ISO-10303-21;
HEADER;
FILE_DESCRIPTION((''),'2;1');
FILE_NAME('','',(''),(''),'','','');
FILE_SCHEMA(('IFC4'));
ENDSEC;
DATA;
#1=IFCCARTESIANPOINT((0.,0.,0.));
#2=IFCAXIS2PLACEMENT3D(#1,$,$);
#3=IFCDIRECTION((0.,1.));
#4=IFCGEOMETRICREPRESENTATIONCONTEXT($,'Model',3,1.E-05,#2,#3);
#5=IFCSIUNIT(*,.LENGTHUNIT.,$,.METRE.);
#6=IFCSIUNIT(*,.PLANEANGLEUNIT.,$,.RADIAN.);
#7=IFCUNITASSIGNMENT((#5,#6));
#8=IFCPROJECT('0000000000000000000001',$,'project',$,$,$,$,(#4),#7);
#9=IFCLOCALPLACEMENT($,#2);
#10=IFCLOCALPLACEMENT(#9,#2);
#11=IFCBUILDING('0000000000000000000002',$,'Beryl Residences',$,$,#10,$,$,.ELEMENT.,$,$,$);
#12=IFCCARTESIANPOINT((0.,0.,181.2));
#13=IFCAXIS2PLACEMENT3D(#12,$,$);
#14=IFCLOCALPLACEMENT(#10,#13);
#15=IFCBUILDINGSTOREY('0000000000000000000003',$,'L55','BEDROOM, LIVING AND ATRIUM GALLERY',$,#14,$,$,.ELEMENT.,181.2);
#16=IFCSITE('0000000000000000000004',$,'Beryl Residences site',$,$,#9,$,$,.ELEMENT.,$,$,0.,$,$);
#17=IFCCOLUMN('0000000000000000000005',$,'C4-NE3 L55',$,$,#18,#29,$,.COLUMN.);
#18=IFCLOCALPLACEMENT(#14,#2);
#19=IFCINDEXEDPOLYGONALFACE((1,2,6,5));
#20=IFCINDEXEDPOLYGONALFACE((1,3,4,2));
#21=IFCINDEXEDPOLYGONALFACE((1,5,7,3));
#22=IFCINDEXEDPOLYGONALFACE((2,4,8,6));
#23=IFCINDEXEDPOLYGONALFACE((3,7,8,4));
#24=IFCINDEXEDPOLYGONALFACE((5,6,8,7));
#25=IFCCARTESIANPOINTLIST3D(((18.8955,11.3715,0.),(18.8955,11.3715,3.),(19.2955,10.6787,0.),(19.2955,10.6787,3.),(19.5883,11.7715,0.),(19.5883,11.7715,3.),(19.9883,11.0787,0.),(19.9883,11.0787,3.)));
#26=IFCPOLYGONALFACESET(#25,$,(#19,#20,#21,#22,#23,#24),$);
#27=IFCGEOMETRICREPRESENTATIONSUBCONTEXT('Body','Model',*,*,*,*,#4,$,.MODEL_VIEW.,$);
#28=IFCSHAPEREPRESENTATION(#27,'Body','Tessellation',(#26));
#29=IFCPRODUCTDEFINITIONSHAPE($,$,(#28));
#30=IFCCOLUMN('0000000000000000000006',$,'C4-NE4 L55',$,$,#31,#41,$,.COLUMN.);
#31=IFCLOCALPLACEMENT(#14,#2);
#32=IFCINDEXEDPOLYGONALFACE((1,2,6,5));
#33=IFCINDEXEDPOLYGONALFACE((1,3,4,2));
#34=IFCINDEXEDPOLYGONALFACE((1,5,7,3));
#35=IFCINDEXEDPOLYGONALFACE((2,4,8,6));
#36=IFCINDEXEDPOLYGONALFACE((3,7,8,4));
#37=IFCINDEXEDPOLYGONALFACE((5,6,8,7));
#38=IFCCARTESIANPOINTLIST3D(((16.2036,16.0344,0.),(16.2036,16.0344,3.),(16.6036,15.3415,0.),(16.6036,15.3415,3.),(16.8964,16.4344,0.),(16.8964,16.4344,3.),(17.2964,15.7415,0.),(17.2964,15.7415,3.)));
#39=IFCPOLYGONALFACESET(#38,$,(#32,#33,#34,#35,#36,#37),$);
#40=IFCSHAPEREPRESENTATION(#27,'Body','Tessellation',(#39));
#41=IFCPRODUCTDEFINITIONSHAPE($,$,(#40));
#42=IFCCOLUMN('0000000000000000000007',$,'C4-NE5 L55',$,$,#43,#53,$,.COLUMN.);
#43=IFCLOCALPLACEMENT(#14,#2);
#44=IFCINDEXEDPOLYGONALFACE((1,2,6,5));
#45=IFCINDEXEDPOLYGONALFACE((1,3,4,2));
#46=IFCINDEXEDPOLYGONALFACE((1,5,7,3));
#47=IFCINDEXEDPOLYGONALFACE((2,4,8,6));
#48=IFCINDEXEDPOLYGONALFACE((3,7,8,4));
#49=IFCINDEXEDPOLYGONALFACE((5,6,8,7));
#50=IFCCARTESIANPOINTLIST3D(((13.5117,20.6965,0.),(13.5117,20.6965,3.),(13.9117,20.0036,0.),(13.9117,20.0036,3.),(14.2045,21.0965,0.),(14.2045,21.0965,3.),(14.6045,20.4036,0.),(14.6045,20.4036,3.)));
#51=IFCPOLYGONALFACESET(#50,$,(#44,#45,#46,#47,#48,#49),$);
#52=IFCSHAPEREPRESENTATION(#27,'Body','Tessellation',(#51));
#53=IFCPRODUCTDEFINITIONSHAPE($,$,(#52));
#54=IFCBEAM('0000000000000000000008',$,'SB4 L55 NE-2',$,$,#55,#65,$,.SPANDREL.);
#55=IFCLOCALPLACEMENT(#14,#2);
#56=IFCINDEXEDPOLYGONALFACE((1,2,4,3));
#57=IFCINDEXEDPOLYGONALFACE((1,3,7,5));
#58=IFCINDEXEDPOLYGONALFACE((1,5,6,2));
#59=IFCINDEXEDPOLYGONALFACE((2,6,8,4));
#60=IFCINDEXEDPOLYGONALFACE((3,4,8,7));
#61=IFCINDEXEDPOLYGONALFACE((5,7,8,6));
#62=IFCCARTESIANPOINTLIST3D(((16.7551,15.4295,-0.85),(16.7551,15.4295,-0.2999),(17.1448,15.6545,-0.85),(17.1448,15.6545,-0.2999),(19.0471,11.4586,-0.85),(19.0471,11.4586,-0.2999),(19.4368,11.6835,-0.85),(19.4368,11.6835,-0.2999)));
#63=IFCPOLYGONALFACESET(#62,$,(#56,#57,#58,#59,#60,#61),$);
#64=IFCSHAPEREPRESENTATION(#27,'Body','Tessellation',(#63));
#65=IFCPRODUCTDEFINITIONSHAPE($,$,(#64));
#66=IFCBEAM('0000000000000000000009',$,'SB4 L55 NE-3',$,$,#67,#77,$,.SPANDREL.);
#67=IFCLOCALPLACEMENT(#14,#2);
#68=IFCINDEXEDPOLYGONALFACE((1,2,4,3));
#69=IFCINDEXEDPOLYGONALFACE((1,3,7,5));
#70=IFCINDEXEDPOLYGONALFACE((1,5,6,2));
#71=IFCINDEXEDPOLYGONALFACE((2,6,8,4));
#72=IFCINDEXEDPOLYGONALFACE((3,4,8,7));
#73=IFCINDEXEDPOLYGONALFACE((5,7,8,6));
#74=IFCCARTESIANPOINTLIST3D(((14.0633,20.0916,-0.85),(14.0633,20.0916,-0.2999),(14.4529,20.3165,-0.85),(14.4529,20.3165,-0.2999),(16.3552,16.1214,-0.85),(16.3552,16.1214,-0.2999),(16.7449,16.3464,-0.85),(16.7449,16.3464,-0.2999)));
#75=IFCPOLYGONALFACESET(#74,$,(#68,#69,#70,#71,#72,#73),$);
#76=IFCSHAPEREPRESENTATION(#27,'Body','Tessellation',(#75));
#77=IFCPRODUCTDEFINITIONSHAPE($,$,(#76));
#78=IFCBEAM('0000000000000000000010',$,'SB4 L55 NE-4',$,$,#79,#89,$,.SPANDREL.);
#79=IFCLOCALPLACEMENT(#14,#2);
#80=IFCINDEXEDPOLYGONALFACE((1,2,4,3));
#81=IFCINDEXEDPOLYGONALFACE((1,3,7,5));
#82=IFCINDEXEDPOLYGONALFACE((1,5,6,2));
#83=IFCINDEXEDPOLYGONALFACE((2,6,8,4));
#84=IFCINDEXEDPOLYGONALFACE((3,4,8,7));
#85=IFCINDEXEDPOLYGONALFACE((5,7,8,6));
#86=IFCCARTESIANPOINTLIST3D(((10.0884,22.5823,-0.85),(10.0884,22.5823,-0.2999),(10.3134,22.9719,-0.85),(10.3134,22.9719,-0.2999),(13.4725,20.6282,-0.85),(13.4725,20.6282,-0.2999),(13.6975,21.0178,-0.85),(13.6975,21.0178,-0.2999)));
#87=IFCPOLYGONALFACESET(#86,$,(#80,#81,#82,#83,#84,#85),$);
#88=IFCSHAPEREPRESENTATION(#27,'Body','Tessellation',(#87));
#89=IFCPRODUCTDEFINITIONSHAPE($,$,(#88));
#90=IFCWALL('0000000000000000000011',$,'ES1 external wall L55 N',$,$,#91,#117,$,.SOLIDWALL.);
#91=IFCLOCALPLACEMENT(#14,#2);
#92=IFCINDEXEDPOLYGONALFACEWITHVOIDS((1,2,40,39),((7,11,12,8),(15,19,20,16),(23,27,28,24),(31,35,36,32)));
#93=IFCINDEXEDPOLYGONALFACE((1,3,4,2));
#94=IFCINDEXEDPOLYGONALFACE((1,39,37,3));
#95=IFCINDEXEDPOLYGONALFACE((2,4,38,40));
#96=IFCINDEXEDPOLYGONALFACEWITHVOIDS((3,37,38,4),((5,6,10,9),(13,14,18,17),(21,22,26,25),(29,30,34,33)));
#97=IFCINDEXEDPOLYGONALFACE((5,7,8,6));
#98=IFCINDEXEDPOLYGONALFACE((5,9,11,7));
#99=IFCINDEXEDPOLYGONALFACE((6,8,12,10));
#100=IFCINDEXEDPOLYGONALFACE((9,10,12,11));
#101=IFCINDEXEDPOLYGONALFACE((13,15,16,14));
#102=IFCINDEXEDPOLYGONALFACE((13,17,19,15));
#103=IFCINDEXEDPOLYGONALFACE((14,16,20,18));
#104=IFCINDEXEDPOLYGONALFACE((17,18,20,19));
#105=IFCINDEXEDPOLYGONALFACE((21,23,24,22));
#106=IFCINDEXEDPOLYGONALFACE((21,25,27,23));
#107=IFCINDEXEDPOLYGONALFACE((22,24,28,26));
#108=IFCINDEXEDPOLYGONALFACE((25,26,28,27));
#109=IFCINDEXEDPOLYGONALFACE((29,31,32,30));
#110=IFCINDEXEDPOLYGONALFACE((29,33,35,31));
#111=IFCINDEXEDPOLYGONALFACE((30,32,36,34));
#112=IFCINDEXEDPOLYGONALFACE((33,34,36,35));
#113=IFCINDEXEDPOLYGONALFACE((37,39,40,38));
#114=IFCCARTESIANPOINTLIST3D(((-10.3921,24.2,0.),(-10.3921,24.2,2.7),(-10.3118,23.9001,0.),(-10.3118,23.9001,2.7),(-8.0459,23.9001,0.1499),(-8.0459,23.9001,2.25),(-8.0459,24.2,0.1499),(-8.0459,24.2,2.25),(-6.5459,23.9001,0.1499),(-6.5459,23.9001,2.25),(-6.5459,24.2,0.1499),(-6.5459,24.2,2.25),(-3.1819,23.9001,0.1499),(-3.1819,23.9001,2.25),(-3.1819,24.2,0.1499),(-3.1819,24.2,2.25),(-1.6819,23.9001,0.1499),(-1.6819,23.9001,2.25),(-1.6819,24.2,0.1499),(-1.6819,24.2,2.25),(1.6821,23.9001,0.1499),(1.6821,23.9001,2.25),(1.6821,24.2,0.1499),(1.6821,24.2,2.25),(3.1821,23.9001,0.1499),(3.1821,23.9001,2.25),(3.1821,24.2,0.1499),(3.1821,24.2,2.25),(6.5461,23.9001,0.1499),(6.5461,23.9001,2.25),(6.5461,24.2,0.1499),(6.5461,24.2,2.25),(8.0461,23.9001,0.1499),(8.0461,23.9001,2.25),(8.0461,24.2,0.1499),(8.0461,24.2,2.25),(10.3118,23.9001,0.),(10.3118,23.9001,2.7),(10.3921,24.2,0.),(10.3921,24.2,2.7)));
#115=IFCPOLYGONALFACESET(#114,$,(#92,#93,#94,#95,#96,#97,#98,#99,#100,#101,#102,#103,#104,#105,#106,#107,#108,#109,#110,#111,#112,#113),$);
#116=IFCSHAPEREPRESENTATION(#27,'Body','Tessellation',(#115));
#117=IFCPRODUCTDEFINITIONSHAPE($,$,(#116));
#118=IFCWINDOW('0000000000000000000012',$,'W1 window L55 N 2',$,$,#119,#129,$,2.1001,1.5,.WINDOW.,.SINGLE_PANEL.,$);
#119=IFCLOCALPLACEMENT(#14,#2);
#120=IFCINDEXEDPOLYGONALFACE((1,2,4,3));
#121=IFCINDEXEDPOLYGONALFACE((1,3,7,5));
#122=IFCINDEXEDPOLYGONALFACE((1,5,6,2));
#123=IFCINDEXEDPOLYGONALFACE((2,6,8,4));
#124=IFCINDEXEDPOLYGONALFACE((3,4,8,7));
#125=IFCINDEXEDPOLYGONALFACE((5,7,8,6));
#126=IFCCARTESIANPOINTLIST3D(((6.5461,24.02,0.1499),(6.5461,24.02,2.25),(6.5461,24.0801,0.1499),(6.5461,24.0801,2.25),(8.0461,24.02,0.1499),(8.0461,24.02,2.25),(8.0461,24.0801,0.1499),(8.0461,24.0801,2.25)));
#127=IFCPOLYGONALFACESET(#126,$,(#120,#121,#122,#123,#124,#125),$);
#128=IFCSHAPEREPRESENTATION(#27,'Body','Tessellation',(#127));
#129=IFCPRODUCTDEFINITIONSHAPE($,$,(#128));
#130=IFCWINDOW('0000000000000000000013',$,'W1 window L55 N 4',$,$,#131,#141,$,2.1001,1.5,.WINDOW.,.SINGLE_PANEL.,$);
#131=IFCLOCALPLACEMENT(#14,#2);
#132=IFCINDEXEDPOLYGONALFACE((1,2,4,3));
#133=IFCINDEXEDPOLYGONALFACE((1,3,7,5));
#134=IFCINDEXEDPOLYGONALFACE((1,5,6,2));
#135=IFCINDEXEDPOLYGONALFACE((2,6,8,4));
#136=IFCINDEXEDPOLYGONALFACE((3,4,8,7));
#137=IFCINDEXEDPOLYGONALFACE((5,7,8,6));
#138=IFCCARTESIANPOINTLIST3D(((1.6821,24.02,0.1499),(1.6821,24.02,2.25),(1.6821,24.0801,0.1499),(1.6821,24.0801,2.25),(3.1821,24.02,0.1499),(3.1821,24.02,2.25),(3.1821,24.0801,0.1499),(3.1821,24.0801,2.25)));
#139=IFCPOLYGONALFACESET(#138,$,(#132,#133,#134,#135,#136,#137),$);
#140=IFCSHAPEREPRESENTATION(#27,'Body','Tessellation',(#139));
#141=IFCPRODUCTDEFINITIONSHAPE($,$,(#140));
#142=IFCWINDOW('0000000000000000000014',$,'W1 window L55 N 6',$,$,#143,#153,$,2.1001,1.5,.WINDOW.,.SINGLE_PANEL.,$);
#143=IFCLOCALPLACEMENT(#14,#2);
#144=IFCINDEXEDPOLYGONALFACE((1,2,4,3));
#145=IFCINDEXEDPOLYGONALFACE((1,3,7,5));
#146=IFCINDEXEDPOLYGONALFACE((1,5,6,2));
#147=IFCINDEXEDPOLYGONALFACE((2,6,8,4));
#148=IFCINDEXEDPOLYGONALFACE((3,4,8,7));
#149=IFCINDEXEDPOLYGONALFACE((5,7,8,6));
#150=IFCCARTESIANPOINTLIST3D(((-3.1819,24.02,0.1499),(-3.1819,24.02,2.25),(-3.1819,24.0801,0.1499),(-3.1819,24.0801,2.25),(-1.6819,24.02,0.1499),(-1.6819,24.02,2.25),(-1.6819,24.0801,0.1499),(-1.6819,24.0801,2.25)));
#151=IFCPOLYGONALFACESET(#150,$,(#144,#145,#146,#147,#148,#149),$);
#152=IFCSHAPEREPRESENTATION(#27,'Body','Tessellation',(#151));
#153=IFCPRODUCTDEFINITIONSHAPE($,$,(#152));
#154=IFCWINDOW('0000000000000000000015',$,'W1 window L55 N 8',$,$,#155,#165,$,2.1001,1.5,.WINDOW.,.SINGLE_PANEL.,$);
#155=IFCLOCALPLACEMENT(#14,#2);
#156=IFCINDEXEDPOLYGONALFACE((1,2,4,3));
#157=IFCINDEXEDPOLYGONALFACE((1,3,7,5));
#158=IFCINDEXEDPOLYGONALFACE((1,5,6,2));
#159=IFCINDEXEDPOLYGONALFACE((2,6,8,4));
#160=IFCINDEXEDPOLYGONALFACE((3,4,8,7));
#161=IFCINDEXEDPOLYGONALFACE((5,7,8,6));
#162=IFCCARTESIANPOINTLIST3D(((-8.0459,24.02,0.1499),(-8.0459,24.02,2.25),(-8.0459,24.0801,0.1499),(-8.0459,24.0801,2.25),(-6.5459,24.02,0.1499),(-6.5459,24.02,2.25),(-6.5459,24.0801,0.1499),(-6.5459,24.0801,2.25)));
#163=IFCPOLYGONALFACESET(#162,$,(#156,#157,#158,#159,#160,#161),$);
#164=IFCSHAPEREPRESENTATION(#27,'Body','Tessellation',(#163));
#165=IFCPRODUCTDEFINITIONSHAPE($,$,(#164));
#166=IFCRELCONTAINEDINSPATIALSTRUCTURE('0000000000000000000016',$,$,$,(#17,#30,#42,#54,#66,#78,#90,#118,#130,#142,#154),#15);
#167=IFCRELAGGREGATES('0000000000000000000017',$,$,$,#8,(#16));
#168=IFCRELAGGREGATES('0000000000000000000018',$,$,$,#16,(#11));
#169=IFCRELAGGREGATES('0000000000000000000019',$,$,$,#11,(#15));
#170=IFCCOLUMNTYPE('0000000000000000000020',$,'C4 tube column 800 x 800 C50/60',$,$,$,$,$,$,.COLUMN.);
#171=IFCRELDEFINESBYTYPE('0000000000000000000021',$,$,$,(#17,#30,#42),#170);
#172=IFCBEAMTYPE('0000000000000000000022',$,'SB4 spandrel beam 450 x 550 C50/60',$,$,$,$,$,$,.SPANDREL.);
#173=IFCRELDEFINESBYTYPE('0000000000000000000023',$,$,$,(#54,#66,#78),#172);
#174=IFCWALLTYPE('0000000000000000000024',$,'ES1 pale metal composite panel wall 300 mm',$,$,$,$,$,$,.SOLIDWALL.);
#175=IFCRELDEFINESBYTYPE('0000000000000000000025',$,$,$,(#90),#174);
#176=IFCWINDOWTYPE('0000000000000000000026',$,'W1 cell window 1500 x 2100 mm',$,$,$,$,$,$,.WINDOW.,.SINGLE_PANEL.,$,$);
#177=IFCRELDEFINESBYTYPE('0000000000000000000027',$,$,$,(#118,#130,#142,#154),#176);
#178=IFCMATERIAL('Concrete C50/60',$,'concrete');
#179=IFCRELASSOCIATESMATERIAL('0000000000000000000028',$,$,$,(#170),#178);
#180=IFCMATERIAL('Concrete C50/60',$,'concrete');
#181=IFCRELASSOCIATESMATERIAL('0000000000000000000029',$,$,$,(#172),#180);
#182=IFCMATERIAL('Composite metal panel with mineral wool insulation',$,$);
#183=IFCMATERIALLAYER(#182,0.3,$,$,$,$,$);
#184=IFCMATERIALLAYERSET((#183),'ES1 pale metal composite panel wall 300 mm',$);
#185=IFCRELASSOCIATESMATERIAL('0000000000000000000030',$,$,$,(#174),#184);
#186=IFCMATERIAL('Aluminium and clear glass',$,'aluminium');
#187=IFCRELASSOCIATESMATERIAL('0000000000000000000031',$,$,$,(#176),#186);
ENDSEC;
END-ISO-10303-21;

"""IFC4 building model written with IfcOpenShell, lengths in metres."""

from ifc_helpers import new_model, si_unit, direction, frame, frame_2d, origin, origin_2d, place, context, subcontext, project, spatial, polyline, rectangle, outline, extrude, material, layer, layer_set, material_profile, profile_set, type_object, element, fill, save


model = new_model("IFC4")

# Units and contexts
model_context = context("Model", 3, precision=1e-05, world=origin(), true_north=direction((0.0, 1.0)))
body_context = subcontext(model_context, "Body", "Model", "MODEL_VIEW")
ifc_project = project(units=[si_unit("LENGTHUNIT", "METRE"), si_unit("PLANEANGLEUNIT", "RADIAN")], contexts=[model_context])

# Site, building, storey
site_placement = place(None, origin())
site = spatial("IfcSite", under=ifc_project, at=site_placement, Name="Beryl Residences site", CompositionType="ELEMENT", RefElevation=0.0)
building_placement = place(site_placement, origin())
building = spatial("IfcBuilding", under=site, at=building_placement, Name="Beryl Residences", CompositionType="ELEMENT")
storey_placement = place(building_placement, frame((0.0, 0.0, 181.2)))
storey = spatial("IfcBuildingStorey", under=building, at=storey_placement, Name="L55", Description="BEDROOM, LIVING AND ATRIUM GALLERY", CompositionType="ELEMENT", Elevation=181.2)

# Columns
ifc_material_1 = material(Name="Concrete C50/60", Category="concrete")
ifc_material_profile_1 = material_profile(ifc_material_1, rectangle(XDim=0.8, YDim=0.8, at=origin_2d()))
ifc_profile_set_1 = profile_set([ifc_material_profile_1], Name="Concrete C50/60")
column_type = type_object("IfcColumnType", Name="C4 tube column 800 x 800 C50/60", PredefinedType="COLUMN", material=ifc_profile_set_1)
for number, where, z_axis, x_axis, name in (
    (1, (19.4419, 11.2251, 0.0), (0.0, 0.0, 1.0), (-0.5, 0.866025, 0.0), "C4-NE3 L55"),
    (2, (16.75, 15.8879, 0.0), (0.0, 0.0, 1.0), (-0.5, 0.866025, 0.0), "C4-NE4 L55"),
    (3, (14.0581, 20.55, 0.0), (0.0, 0.0, 1.0), (-0.5, 0.866025, 0.0), "C4-NE5 L55"),
):
    element("IfcColumn", number, at=place(storey_placement, frame(where, z_axis=z_axis, x_axis=x_axis)), inside=storey, type_object=column_type, Name=name, PredefinedType="COLUMN", context=body_context, shape_type="SweptSolid", body=[
        extrude(rectangle(XDim=0.8, YDim=0.8, at=origin_2d()), origin(), (0.0, 0.0, 1.0), 3.0),
    ])

# Beams
ifc_material_2 = material(Name="Concrete C50/60", Category="concrete")
ifc_material_profile_2 = material_profile(ifc_material_2, rectangle(XDim=0.45, YDim=0.55, at=origin_2d()))
ifc_profile_set_2 = profile_set([ifc_material_profile_2], Name="Concrete C50/60")
beam_type = type_object("IfcBeamType", Name="SB4 spandrel beam 450 x 550 C50/60", PredefinedType="SPANDREL", material=ifc_profile_set_2)
beam_1_placement = place(storey_placement, frame((19.2419, 11.571, -0.575), z_axis=(-0.499896, 0.866085, 0.0), x_axis=(-0.866085, -0.499896, 0.0)))
element("IfcBeam", 4, at=beam_1_placement, inside=storey, type_object=beam_type, Name="SB4 L55 NE-2", PredefinedType="SPANDREL", context=body_context, shape_type="SweptSolid", body=[
    extrude(rectangle(XDim=0.45, YDim=0.55, at=origin_2d()), origin(), (0.0, 0.0, 1.0), 4.585),
])
beam_2_placement = place(storey_placement, frame((16.55, 16.2339, -0.575), z_axis=(-0.499965, 0.866045, 0.0), x_axis=(-0.866045, -0.499965, 0.0)))
element("IfcBeam", 5, at=beam_2_placement, inside=storey, type_object=beam_type, Name="SB4 L55 NE-3", PredefinedType="SPANDREL", context=body_context, shape_type="SweptSolid", body=[
    extrude(rectangle(XDim=0.45, YDim=0.55, at=origin_2d()), origin(), (0.0, 0.0, 1.0), 4.5842),
])
beam_3_placement = place(storey_placement, frame((13.585, 20.823, -0.575), z_axis=(-0.865989, 0.500063, 0.0), x_axis=(-0.500063, -0.865989, 0.0)))
element("IfcBeam", 6, at=beam_3_placement, inside=storey, type_object=beam_type, Name="SB4 L55 NE-4", PredefinedType="SPANDREL", context=body_context, shape_type="SweptSolid", body=[
    extrude(rectangle(XDim=0.45, YDim=0.55, at=origin_2d()), origin(), (0.0, 0.0, 1.0), 3.9077),
])

# Wall, openings, windows
ifc_material_3 = material(Name="Composite metal panel with mineral wool insulation")
ifc_layer_1 = layer(ifc_material_3, 0.3)
ifc_layer_set_1 = layer_set([ifc_layer_1], Name="ES1 pale metal composite panel wall 300 mm")
wall_type_1 = type_object("IfcWallType", Name="ES1 pale metal composite panel wall 300 mm", PredefinedType="SOLIDWALL", material=ifc_layer_set_1)
wall_1_placement = place(storey_placement, frame((10.3921, 24.05, 0.0), z_axis=(0.0, 0.0, 1.0), x_axis=(-1.0, 0.0, 0.0)))
wall_1 = element("IfcWall", 7, at=wall_1_placement, inside=storey, type_object=wall_type_1, Name="ES1 external wall L55 N", PredefinedType="SOLIDWALL", context=body_context, shape_type="SweptSolid", body=[
    extrude(outline(polyline([(0.0, -0.1499), (20.7842, -0.1499), (20.7039, 0.1499), (0.0803, 0.1499), (0.0, -0.1499)])), origin(), (0.0, 0.0, 1.0), 2.7),
])
opening_1_placement = place(wall_1_placement, frame((2.3459, 0.0, 0.1499)))
opening_1 = element("IfcOpeningElement", 8, at=opening_1_placement, cuts=wall_1, PredefinedType="OPENING", context=body_context, shape_type="SweptSolid", body=[
    extrude(rectangle(XDim=1.5, YDim=2.1001, at=frame_2d((0.75, 1.05))), frame((0.0, 0.1599, 0.0), z_axis=(0.0, -1.0, 0.0), x_axis=(1.0, 0.0, 0.0)), (0.0, 0.0, 1.0), 0.3201),
])
opening_2_placement = place(wall_1_placement, frame((7.21, 0.0, 0.1499)))
opening_2 = element("IfcOpeningElement", 9, at=opening_2_placement, cuts=wall_1, PredefinedType="OPENING", context=body_context, shape_type="SweptSolid", body=[
    extrude(rectangle(XDim=1.5, YDim=2.1001, at=frame_2d((0.75, 1.05))), frame((0.0, 0.1599, 0.0), z_axis=(0.0, -1.0, 0.0), x_axis=(1.0, 0.0, 0.0)), (0.0, 0.0, 1.0), 0.3201),
])
opening_3_placement = place(wall_1_placement, frame((12.074, 0.0, 0.1499)))
opening_3 = element("IfcOpeningElement", 10, at=opening_3_placement, cuts=wall_1, PredefinedType="OPENING", context=body_context, shape_type="SweptSolid", body=[
    extrude(rectangle(XDim=1.5, YDim=2.1001, at=frame_2d((0.75, 1.05))), frame((0.0, 0.1599, 0.0), z_axis=(0.0, -1.0, 0.0), x_axis=(1.0, 0.0, 0.0)), (0.0, 0.0, 1.0), 0.3201),
])
opening_4_placement = place(wall_1_placement, frame((16.938, 0.0, 0.1499)))
opening_4 = element("IfcOpeningElement", 11, at=opening_4_placement, cuts=wall_1, PredefinedType="OPENING", context=body_context, shape_type="SweptSolid", body=[
    extrude(rectangle(XDim=1.5, YDim=2.1001, at=frame_2d((0.75, 1.05))), frame((0.0, 0.1599, 0.0), z_axis=(0.0, -1.0, 0.0), x_axis=(1.0, 0.0, 0.0)), (0.0, 0.0, 1.0), 0.3201),
])
ifc_material_4 = material(Name="Aluminium and clear glass", Category="aluminium")
window_type_1 = type_object("IfcWindowType", Name="W1 cell window 1500 x 2100 mm", PartitioningType="SINGLE_PANEL", PredefinedType="WINDOW", material=ifc_material_4)
window_1_placement = place(opening_1_placement, origin())
window_1 = element("IfcWindow", 12, at=window_1_placement, inside=storey, type_object=window_type_1, Name="W1 window L55 N 2", OverallHeight=2.1001, OverallWidth=1.5, PartitioningType="SINGLE_PANEL", PredefinedType="WINDOW", context=body_context, shape_type="SweptSolid", body=[
    extrude(rectangle(XDim=1.5, YDim=2.1001, at=frame_2d((0.75, 1.05))), frame((0.0, 0.03, 0.0), z_axis=(0.0, -1.0, 0.0), x_axis=(1.0, 0.0, 0.0)), (0.0, 0.0, 1.0), 0.0601),
])
fill(opening_1, window_1)
window_2_placement = place(opening_2_placement, origin())
window_2 = element("IfcWindow", 13, at=window_2_placement, inside=storey, type_object=window_type_1, Name="W1 window L55 N 4", OverallHeight=2.1001, OverallWidth=1.5, PartitioningType="SINGLE_PANEL", PredefinedType="WINDOW", context=body_context, shape_type="SweptSolid", body=[
    extrude(rectangle(XDim=1.5, YDim=2.1001, at=frame_2d((0.75, 1.05))), frame((0.0, 0.03, 0.0), z_axis=(0.0, -1.0, 0.0), x_axis=(1.0, 0.0, 0.0)), (0.0, 0.0, 1.0), 0.0601),
])
fill(opening_2, window_2)
window_3_placement = place(opening_3_placement, origin())
window_3 = element("IfcWindow", 14, at=window_3_placement, inside=storey, type_object=window_type_1, Name="W1 window L55 N 6", OverallHeight=2.1001, OverallWidth=1.5, PartitioningType="SINGLE_PANEL", PredefinedType="WINDOW", context=body_context, shape_type="SweptSolid", body=[
    extrude(rectangle(XDim=1.5, YDim=2.1001, at=frame_2d((0.75, 1.05))), frame((0.0, 0.03, 0.0), z_axis=(0.0, -1.0, 0.0), x_axis=(1.0, 0.0, 0.0)), (0.0, 0.0, 1.0), 0.0601),
])
fill(opening_3, window_3)
window_4_placement = place(opening_4_placement, origin())
window_4 = element("IfcWindow", 15, at=window_4_placement, inside=storey, type_object=window_type_1, Name="W1 window L55 N 8", OverallHeight=2.1001, OverallWidth=1.5, PartitioningType="SINGLE_PANEL", PredefinedType="WINDOW", context=body_context, shape_type="SweptSolid", body=[
    extrude(rectangle(XDim=1.5, YDim=2.1001, at=frame_2d((0.75, 1.05))), frame((0.0, 0.03, 0.0), z_axis=(0.0, -1.0, 0.0), x_axis=(1.0, 0.0, 0.0)), (0.0, 0.0, 1.0), 0.0601),
])
fill(opening_4, window_4)

save(model, "model.ifc")
